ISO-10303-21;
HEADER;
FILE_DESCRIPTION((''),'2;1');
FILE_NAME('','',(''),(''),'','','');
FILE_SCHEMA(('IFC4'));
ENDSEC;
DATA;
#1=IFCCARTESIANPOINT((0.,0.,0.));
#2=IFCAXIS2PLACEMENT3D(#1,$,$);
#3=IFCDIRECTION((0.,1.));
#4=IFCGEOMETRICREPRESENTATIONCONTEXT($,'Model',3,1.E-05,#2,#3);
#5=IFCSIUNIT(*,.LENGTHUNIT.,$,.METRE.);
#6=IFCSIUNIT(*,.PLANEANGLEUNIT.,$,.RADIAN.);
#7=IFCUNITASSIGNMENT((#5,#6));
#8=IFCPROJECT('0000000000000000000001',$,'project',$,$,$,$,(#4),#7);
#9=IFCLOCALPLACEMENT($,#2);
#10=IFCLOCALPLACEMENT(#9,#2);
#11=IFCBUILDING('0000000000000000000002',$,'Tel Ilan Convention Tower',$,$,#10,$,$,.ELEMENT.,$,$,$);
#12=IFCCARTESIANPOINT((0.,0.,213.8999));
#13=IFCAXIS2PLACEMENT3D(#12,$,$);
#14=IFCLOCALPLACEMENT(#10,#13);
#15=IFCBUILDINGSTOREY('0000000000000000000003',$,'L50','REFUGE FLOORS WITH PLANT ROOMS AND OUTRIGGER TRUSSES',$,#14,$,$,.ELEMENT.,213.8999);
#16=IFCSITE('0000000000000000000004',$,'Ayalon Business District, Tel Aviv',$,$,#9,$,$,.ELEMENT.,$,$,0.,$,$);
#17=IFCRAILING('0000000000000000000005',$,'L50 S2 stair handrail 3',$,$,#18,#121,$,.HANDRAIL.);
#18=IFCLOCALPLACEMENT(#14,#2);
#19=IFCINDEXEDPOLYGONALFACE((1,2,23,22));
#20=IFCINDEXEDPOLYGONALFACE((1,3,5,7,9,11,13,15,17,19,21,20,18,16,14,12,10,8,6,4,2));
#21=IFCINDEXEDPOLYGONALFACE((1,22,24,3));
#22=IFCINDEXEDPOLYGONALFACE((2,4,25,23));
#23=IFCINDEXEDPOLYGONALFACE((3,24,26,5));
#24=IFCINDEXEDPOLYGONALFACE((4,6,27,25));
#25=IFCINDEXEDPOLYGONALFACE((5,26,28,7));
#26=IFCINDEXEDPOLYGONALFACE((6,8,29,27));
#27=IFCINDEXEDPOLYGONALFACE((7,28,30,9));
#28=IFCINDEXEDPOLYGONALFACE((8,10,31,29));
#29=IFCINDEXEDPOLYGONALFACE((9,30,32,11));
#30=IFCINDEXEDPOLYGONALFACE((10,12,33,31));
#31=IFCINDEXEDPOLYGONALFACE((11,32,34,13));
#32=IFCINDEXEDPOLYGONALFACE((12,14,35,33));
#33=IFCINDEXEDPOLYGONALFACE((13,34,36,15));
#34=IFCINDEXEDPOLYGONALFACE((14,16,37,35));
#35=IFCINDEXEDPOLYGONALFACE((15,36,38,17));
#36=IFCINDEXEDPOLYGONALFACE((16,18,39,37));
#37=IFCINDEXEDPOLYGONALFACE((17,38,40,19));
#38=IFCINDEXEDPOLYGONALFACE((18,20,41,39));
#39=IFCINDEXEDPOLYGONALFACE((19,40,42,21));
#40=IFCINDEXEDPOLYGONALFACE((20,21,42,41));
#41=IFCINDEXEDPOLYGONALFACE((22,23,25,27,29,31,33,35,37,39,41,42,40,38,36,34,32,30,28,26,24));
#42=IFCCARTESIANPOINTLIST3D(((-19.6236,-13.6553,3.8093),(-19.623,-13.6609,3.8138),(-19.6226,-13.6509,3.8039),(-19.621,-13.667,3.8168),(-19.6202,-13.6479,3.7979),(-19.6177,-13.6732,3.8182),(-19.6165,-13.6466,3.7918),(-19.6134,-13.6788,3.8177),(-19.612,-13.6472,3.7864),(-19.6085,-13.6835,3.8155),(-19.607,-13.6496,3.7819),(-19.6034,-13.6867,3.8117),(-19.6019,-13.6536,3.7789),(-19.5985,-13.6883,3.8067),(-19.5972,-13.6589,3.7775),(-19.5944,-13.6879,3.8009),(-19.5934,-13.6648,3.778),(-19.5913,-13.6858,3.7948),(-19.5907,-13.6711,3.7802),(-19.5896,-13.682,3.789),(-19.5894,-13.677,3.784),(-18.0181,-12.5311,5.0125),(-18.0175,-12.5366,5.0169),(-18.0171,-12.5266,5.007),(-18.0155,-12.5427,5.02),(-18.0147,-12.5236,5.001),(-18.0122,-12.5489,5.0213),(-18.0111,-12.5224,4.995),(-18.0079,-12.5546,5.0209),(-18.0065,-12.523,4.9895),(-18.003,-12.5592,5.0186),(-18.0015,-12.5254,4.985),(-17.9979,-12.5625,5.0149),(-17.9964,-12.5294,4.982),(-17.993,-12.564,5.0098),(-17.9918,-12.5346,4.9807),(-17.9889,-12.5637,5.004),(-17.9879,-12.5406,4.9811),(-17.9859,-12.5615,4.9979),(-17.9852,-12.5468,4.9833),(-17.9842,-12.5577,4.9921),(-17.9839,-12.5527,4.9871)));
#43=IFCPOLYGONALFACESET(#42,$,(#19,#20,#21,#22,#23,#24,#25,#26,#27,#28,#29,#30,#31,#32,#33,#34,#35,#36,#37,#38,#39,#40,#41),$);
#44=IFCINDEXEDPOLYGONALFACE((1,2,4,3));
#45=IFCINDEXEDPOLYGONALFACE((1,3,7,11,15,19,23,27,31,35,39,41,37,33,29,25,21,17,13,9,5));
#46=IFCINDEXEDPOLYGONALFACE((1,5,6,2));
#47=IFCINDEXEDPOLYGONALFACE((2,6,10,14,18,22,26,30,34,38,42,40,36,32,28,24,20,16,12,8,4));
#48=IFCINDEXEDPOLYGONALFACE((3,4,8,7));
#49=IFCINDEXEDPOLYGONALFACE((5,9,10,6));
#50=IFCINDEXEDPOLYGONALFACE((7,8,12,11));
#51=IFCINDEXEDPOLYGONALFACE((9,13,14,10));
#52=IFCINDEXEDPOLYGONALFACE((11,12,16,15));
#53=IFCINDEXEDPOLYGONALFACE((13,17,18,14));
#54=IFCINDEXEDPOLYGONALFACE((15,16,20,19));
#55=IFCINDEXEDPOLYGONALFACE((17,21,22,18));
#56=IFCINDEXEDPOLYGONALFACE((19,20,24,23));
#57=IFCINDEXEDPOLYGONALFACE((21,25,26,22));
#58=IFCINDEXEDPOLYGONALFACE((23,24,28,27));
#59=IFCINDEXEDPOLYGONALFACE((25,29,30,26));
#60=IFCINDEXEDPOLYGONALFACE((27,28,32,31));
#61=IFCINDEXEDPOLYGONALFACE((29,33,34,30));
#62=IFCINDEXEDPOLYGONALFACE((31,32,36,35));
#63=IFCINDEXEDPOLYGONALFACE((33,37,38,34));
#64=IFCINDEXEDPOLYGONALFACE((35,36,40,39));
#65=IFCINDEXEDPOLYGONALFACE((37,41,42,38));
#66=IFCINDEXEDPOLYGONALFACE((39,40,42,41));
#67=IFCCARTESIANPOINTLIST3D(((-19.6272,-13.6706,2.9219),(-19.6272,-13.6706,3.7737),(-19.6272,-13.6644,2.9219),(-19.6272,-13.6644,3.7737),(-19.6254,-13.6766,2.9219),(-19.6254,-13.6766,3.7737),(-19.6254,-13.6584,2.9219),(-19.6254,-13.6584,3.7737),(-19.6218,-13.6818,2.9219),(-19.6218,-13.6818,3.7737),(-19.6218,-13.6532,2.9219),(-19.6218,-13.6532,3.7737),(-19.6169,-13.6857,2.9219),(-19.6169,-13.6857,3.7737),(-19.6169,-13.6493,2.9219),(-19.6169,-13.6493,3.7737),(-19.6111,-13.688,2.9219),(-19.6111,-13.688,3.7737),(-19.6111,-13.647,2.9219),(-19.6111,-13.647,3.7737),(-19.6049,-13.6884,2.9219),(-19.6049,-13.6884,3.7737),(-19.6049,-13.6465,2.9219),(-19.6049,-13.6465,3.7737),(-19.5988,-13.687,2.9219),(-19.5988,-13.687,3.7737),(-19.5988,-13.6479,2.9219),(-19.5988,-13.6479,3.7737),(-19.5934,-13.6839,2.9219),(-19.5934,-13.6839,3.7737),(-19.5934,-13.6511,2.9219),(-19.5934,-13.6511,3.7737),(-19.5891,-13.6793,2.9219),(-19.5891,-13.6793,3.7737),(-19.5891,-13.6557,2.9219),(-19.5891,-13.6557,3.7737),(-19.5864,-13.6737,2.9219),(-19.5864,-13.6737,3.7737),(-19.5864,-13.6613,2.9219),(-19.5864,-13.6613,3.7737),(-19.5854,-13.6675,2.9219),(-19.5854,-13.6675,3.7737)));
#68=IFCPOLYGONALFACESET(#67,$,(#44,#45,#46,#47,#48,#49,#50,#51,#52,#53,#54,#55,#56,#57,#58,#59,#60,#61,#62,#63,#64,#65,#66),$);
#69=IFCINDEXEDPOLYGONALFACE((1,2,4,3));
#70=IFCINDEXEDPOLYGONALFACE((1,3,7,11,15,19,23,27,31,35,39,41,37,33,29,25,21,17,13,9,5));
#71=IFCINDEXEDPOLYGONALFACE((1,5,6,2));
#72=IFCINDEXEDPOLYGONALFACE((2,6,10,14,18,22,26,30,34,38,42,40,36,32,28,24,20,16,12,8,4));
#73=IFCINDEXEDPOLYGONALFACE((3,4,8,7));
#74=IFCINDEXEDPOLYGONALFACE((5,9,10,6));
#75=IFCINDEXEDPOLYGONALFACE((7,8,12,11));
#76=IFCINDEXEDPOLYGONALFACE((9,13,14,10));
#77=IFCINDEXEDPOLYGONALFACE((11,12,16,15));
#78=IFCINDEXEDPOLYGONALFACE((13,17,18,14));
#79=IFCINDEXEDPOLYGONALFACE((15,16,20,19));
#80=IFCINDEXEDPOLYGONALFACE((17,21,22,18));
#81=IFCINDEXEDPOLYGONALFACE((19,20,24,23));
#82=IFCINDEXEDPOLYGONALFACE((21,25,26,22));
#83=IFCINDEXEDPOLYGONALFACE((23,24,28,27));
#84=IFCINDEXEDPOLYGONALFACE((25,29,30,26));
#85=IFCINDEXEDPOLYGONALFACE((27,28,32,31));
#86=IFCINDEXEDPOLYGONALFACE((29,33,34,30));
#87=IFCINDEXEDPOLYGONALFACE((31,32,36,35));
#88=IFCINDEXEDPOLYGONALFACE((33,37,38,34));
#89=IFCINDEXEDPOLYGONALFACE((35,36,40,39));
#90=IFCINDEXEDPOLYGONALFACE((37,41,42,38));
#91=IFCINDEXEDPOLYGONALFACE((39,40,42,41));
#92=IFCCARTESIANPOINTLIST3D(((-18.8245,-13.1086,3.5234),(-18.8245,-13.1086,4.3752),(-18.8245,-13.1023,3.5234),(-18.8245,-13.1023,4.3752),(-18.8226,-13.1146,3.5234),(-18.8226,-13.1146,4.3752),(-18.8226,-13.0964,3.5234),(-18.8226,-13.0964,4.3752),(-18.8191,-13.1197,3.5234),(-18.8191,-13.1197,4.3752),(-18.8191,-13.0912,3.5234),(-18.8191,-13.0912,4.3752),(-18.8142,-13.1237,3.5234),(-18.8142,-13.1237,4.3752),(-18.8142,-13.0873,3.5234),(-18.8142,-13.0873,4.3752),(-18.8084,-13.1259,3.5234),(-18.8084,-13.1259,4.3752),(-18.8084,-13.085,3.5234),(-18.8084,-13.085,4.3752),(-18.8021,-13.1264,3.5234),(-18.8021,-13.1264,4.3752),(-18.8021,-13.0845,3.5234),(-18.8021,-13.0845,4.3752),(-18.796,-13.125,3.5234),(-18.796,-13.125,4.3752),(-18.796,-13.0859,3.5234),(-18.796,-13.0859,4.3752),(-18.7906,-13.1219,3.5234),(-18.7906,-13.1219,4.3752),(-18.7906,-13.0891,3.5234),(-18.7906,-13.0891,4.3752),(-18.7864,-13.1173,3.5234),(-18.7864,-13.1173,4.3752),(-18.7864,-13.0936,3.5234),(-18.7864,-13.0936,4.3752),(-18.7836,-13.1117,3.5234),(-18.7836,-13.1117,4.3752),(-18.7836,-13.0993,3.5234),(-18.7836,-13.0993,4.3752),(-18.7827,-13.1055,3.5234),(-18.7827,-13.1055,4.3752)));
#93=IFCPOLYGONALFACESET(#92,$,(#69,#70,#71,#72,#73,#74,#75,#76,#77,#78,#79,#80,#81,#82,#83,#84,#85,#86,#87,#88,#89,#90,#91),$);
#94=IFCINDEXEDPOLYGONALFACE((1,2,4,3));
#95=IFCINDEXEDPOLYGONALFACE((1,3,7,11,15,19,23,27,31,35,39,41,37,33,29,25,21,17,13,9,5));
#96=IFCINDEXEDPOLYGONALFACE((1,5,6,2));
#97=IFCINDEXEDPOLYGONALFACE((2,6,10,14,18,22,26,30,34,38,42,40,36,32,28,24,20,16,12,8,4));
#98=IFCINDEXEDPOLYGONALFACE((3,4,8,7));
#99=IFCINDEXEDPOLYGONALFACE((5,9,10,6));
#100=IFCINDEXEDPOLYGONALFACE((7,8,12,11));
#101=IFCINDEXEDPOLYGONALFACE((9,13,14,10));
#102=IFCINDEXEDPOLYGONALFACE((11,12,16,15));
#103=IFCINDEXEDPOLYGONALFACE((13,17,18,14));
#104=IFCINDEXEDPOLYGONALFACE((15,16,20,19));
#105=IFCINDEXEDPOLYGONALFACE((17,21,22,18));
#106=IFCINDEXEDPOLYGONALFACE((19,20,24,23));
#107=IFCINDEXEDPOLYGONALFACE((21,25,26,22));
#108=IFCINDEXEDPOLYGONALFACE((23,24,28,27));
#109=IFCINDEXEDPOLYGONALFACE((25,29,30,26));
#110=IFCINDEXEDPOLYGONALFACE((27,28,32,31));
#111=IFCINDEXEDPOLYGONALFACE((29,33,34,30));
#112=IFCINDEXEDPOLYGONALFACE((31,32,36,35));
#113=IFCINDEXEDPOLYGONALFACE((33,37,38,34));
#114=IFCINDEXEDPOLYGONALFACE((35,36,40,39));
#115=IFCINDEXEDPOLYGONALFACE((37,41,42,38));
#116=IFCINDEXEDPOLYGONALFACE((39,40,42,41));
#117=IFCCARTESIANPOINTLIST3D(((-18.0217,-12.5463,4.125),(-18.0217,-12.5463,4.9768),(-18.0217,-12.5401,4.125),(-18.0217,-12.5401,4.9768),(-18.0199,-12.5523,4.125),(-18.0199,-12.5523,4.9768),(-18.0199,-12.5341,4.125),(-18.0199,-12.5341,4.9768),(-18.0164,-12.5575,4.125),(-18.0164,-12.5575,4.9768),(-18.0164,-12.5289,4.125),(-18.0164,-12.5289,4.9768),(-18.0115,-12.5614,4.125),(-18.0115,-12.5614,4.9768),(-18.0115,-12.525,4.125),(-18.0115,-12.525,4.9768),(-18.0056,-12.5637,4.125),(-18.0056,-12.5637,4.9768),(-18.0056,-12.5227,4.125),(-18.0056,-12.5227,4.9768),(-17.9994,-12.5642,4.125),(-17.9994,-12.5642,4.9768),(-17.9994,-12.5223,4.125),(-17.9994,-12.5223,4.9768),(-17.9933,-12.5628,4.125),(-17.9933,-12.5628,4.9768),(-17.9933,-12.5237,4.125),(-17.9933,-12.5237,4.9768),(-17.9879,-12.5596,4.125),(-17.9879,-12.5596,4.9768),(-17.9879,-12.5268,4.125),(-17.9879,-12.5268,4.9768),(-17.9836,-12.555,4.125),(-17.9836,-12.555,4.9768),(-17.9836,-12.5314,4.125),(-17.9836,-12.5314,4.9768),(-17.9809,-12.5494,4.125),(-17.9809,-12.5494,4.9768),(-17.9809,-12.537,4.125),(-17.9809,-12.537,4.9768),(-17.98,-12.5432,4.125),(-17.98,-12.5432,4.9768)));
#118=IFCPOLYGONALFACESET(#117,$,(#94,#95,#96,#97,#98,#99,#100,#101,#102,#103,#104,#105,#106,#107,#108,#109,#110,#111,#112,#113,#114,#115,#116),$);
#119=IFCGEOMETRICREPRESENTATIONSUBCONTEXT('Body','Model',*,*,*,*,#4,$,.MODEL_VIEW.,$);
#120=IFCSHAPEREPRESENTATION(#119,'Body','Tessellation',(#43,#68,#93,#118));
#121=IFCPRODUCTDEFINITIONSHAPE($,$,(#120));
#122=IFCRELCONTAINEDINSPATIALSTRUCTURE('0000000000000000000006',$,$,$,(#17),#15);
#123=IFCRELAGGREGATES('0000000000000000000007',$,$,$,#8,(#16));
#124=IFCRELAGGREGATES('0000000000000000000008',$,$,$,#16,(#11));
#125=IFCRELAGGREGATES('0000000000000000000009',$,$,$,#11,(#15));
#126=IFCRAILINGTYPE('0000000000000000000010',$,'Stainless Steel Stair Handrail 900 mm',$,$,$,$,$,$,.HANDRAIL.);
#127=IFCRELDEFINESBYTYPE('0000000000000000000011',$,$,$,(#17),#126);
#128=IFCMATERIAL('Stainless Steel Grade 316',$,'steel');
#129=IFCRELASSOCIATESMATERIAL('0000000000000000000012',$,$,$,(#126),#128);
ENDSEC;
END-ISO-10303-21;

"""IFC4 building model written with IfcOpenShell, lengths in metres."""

from ifc_helpers import new_model, si_unit, direction, frame, origin, origin_2d, place, context, subcontext, project, spatial, circle, extrude, material, type_object, element, save


model = new_model("IFC4")

# Units and contexts
model_context = context("Model", 3, precision=1e-05, world=origin(), true_north=direction((0.0, 1.0)))
body_context = subcontext(model_context, "Body", "Model", "MODEL_VIEW")
ifc_project = project(units=[si_unit("LENGTHUNIT", "METRE"), si_unit("PLANEANGLEUNIT", "RADIAN")], contexts=[model_context])

# Site, building, storey
site_placement = place(None, origin())
site = spatial("IfcSite", under=ifc_project, at=site_placement, Name="Ayalon Business District, Tel Aviv", CompositionType="ELEMENT", RefElevation=0.0)
building_placement = place(site_placement, origin())
building = spatial("IfcBuilding", under=site, at=building_placement, Name="Tel Ilan Convention Tower", CompositionType="ELEMENT")
storey_placement = place(building_placement, frame((0.0, 0.0, 213.8999)))
storey = spatial("IfcBuildingStorey", under=building, at=storey_placement, Name="L50", Description="REFUGE FLOORS WITH PLANT ROOMS AND OUTRIGGER TRUSSES", CompositionType="ELEMENT", Elevation=213.8999)

# Railing
ifc_material_1 = material(Name="Stainless Steel Grade 316", Category="steel")
railing_type_1 = type_object("IfcRailingType", Name="Stainless Steel Stair Handrail 900 mm", PredefinedType="HANDRAIL", material=ifc_material_1)
railing_1_placement = place(storey_placement, frame((-19.6064, -13.6675, 2.9219)))
element("IfcRailing", 1, at=railing_1_placement, inside=storey, type_object=railing_type_1, Name="L50 S2 stair handrail 3", PredefinedType="HANDRAIL", context=body_context, shape_type="SweptSolid", body=[
    extrude(circle(Radius=0.0239, at=origin_2d()), frame((0.0, 0.0, 0.876), z_axis=(0.698095, 0.488857, 0.523146), x_axis=(-0.573613, 0.819127, 0.0)), (0.0, 0.0, 1.0), 2.2998),
    extrude(circle(Radius=0.021, at=origin_2d()), origin(), (0.0, 0.0, 1.0), 0.8518),
    extrude(circle(Radius=0.021, at=origin_2d()), frame((0.8027, 0.562, 0.6016)), (0.0, 0.0, 1.0), 0.8518),
    extrude(circle(Radius=0.021, at=origin_2d()), frame((1.6055, 1.1243, 1.2031)), (0.0, 0.0, 1.0), 0.8518),
])

save(model, "model.ifc")
